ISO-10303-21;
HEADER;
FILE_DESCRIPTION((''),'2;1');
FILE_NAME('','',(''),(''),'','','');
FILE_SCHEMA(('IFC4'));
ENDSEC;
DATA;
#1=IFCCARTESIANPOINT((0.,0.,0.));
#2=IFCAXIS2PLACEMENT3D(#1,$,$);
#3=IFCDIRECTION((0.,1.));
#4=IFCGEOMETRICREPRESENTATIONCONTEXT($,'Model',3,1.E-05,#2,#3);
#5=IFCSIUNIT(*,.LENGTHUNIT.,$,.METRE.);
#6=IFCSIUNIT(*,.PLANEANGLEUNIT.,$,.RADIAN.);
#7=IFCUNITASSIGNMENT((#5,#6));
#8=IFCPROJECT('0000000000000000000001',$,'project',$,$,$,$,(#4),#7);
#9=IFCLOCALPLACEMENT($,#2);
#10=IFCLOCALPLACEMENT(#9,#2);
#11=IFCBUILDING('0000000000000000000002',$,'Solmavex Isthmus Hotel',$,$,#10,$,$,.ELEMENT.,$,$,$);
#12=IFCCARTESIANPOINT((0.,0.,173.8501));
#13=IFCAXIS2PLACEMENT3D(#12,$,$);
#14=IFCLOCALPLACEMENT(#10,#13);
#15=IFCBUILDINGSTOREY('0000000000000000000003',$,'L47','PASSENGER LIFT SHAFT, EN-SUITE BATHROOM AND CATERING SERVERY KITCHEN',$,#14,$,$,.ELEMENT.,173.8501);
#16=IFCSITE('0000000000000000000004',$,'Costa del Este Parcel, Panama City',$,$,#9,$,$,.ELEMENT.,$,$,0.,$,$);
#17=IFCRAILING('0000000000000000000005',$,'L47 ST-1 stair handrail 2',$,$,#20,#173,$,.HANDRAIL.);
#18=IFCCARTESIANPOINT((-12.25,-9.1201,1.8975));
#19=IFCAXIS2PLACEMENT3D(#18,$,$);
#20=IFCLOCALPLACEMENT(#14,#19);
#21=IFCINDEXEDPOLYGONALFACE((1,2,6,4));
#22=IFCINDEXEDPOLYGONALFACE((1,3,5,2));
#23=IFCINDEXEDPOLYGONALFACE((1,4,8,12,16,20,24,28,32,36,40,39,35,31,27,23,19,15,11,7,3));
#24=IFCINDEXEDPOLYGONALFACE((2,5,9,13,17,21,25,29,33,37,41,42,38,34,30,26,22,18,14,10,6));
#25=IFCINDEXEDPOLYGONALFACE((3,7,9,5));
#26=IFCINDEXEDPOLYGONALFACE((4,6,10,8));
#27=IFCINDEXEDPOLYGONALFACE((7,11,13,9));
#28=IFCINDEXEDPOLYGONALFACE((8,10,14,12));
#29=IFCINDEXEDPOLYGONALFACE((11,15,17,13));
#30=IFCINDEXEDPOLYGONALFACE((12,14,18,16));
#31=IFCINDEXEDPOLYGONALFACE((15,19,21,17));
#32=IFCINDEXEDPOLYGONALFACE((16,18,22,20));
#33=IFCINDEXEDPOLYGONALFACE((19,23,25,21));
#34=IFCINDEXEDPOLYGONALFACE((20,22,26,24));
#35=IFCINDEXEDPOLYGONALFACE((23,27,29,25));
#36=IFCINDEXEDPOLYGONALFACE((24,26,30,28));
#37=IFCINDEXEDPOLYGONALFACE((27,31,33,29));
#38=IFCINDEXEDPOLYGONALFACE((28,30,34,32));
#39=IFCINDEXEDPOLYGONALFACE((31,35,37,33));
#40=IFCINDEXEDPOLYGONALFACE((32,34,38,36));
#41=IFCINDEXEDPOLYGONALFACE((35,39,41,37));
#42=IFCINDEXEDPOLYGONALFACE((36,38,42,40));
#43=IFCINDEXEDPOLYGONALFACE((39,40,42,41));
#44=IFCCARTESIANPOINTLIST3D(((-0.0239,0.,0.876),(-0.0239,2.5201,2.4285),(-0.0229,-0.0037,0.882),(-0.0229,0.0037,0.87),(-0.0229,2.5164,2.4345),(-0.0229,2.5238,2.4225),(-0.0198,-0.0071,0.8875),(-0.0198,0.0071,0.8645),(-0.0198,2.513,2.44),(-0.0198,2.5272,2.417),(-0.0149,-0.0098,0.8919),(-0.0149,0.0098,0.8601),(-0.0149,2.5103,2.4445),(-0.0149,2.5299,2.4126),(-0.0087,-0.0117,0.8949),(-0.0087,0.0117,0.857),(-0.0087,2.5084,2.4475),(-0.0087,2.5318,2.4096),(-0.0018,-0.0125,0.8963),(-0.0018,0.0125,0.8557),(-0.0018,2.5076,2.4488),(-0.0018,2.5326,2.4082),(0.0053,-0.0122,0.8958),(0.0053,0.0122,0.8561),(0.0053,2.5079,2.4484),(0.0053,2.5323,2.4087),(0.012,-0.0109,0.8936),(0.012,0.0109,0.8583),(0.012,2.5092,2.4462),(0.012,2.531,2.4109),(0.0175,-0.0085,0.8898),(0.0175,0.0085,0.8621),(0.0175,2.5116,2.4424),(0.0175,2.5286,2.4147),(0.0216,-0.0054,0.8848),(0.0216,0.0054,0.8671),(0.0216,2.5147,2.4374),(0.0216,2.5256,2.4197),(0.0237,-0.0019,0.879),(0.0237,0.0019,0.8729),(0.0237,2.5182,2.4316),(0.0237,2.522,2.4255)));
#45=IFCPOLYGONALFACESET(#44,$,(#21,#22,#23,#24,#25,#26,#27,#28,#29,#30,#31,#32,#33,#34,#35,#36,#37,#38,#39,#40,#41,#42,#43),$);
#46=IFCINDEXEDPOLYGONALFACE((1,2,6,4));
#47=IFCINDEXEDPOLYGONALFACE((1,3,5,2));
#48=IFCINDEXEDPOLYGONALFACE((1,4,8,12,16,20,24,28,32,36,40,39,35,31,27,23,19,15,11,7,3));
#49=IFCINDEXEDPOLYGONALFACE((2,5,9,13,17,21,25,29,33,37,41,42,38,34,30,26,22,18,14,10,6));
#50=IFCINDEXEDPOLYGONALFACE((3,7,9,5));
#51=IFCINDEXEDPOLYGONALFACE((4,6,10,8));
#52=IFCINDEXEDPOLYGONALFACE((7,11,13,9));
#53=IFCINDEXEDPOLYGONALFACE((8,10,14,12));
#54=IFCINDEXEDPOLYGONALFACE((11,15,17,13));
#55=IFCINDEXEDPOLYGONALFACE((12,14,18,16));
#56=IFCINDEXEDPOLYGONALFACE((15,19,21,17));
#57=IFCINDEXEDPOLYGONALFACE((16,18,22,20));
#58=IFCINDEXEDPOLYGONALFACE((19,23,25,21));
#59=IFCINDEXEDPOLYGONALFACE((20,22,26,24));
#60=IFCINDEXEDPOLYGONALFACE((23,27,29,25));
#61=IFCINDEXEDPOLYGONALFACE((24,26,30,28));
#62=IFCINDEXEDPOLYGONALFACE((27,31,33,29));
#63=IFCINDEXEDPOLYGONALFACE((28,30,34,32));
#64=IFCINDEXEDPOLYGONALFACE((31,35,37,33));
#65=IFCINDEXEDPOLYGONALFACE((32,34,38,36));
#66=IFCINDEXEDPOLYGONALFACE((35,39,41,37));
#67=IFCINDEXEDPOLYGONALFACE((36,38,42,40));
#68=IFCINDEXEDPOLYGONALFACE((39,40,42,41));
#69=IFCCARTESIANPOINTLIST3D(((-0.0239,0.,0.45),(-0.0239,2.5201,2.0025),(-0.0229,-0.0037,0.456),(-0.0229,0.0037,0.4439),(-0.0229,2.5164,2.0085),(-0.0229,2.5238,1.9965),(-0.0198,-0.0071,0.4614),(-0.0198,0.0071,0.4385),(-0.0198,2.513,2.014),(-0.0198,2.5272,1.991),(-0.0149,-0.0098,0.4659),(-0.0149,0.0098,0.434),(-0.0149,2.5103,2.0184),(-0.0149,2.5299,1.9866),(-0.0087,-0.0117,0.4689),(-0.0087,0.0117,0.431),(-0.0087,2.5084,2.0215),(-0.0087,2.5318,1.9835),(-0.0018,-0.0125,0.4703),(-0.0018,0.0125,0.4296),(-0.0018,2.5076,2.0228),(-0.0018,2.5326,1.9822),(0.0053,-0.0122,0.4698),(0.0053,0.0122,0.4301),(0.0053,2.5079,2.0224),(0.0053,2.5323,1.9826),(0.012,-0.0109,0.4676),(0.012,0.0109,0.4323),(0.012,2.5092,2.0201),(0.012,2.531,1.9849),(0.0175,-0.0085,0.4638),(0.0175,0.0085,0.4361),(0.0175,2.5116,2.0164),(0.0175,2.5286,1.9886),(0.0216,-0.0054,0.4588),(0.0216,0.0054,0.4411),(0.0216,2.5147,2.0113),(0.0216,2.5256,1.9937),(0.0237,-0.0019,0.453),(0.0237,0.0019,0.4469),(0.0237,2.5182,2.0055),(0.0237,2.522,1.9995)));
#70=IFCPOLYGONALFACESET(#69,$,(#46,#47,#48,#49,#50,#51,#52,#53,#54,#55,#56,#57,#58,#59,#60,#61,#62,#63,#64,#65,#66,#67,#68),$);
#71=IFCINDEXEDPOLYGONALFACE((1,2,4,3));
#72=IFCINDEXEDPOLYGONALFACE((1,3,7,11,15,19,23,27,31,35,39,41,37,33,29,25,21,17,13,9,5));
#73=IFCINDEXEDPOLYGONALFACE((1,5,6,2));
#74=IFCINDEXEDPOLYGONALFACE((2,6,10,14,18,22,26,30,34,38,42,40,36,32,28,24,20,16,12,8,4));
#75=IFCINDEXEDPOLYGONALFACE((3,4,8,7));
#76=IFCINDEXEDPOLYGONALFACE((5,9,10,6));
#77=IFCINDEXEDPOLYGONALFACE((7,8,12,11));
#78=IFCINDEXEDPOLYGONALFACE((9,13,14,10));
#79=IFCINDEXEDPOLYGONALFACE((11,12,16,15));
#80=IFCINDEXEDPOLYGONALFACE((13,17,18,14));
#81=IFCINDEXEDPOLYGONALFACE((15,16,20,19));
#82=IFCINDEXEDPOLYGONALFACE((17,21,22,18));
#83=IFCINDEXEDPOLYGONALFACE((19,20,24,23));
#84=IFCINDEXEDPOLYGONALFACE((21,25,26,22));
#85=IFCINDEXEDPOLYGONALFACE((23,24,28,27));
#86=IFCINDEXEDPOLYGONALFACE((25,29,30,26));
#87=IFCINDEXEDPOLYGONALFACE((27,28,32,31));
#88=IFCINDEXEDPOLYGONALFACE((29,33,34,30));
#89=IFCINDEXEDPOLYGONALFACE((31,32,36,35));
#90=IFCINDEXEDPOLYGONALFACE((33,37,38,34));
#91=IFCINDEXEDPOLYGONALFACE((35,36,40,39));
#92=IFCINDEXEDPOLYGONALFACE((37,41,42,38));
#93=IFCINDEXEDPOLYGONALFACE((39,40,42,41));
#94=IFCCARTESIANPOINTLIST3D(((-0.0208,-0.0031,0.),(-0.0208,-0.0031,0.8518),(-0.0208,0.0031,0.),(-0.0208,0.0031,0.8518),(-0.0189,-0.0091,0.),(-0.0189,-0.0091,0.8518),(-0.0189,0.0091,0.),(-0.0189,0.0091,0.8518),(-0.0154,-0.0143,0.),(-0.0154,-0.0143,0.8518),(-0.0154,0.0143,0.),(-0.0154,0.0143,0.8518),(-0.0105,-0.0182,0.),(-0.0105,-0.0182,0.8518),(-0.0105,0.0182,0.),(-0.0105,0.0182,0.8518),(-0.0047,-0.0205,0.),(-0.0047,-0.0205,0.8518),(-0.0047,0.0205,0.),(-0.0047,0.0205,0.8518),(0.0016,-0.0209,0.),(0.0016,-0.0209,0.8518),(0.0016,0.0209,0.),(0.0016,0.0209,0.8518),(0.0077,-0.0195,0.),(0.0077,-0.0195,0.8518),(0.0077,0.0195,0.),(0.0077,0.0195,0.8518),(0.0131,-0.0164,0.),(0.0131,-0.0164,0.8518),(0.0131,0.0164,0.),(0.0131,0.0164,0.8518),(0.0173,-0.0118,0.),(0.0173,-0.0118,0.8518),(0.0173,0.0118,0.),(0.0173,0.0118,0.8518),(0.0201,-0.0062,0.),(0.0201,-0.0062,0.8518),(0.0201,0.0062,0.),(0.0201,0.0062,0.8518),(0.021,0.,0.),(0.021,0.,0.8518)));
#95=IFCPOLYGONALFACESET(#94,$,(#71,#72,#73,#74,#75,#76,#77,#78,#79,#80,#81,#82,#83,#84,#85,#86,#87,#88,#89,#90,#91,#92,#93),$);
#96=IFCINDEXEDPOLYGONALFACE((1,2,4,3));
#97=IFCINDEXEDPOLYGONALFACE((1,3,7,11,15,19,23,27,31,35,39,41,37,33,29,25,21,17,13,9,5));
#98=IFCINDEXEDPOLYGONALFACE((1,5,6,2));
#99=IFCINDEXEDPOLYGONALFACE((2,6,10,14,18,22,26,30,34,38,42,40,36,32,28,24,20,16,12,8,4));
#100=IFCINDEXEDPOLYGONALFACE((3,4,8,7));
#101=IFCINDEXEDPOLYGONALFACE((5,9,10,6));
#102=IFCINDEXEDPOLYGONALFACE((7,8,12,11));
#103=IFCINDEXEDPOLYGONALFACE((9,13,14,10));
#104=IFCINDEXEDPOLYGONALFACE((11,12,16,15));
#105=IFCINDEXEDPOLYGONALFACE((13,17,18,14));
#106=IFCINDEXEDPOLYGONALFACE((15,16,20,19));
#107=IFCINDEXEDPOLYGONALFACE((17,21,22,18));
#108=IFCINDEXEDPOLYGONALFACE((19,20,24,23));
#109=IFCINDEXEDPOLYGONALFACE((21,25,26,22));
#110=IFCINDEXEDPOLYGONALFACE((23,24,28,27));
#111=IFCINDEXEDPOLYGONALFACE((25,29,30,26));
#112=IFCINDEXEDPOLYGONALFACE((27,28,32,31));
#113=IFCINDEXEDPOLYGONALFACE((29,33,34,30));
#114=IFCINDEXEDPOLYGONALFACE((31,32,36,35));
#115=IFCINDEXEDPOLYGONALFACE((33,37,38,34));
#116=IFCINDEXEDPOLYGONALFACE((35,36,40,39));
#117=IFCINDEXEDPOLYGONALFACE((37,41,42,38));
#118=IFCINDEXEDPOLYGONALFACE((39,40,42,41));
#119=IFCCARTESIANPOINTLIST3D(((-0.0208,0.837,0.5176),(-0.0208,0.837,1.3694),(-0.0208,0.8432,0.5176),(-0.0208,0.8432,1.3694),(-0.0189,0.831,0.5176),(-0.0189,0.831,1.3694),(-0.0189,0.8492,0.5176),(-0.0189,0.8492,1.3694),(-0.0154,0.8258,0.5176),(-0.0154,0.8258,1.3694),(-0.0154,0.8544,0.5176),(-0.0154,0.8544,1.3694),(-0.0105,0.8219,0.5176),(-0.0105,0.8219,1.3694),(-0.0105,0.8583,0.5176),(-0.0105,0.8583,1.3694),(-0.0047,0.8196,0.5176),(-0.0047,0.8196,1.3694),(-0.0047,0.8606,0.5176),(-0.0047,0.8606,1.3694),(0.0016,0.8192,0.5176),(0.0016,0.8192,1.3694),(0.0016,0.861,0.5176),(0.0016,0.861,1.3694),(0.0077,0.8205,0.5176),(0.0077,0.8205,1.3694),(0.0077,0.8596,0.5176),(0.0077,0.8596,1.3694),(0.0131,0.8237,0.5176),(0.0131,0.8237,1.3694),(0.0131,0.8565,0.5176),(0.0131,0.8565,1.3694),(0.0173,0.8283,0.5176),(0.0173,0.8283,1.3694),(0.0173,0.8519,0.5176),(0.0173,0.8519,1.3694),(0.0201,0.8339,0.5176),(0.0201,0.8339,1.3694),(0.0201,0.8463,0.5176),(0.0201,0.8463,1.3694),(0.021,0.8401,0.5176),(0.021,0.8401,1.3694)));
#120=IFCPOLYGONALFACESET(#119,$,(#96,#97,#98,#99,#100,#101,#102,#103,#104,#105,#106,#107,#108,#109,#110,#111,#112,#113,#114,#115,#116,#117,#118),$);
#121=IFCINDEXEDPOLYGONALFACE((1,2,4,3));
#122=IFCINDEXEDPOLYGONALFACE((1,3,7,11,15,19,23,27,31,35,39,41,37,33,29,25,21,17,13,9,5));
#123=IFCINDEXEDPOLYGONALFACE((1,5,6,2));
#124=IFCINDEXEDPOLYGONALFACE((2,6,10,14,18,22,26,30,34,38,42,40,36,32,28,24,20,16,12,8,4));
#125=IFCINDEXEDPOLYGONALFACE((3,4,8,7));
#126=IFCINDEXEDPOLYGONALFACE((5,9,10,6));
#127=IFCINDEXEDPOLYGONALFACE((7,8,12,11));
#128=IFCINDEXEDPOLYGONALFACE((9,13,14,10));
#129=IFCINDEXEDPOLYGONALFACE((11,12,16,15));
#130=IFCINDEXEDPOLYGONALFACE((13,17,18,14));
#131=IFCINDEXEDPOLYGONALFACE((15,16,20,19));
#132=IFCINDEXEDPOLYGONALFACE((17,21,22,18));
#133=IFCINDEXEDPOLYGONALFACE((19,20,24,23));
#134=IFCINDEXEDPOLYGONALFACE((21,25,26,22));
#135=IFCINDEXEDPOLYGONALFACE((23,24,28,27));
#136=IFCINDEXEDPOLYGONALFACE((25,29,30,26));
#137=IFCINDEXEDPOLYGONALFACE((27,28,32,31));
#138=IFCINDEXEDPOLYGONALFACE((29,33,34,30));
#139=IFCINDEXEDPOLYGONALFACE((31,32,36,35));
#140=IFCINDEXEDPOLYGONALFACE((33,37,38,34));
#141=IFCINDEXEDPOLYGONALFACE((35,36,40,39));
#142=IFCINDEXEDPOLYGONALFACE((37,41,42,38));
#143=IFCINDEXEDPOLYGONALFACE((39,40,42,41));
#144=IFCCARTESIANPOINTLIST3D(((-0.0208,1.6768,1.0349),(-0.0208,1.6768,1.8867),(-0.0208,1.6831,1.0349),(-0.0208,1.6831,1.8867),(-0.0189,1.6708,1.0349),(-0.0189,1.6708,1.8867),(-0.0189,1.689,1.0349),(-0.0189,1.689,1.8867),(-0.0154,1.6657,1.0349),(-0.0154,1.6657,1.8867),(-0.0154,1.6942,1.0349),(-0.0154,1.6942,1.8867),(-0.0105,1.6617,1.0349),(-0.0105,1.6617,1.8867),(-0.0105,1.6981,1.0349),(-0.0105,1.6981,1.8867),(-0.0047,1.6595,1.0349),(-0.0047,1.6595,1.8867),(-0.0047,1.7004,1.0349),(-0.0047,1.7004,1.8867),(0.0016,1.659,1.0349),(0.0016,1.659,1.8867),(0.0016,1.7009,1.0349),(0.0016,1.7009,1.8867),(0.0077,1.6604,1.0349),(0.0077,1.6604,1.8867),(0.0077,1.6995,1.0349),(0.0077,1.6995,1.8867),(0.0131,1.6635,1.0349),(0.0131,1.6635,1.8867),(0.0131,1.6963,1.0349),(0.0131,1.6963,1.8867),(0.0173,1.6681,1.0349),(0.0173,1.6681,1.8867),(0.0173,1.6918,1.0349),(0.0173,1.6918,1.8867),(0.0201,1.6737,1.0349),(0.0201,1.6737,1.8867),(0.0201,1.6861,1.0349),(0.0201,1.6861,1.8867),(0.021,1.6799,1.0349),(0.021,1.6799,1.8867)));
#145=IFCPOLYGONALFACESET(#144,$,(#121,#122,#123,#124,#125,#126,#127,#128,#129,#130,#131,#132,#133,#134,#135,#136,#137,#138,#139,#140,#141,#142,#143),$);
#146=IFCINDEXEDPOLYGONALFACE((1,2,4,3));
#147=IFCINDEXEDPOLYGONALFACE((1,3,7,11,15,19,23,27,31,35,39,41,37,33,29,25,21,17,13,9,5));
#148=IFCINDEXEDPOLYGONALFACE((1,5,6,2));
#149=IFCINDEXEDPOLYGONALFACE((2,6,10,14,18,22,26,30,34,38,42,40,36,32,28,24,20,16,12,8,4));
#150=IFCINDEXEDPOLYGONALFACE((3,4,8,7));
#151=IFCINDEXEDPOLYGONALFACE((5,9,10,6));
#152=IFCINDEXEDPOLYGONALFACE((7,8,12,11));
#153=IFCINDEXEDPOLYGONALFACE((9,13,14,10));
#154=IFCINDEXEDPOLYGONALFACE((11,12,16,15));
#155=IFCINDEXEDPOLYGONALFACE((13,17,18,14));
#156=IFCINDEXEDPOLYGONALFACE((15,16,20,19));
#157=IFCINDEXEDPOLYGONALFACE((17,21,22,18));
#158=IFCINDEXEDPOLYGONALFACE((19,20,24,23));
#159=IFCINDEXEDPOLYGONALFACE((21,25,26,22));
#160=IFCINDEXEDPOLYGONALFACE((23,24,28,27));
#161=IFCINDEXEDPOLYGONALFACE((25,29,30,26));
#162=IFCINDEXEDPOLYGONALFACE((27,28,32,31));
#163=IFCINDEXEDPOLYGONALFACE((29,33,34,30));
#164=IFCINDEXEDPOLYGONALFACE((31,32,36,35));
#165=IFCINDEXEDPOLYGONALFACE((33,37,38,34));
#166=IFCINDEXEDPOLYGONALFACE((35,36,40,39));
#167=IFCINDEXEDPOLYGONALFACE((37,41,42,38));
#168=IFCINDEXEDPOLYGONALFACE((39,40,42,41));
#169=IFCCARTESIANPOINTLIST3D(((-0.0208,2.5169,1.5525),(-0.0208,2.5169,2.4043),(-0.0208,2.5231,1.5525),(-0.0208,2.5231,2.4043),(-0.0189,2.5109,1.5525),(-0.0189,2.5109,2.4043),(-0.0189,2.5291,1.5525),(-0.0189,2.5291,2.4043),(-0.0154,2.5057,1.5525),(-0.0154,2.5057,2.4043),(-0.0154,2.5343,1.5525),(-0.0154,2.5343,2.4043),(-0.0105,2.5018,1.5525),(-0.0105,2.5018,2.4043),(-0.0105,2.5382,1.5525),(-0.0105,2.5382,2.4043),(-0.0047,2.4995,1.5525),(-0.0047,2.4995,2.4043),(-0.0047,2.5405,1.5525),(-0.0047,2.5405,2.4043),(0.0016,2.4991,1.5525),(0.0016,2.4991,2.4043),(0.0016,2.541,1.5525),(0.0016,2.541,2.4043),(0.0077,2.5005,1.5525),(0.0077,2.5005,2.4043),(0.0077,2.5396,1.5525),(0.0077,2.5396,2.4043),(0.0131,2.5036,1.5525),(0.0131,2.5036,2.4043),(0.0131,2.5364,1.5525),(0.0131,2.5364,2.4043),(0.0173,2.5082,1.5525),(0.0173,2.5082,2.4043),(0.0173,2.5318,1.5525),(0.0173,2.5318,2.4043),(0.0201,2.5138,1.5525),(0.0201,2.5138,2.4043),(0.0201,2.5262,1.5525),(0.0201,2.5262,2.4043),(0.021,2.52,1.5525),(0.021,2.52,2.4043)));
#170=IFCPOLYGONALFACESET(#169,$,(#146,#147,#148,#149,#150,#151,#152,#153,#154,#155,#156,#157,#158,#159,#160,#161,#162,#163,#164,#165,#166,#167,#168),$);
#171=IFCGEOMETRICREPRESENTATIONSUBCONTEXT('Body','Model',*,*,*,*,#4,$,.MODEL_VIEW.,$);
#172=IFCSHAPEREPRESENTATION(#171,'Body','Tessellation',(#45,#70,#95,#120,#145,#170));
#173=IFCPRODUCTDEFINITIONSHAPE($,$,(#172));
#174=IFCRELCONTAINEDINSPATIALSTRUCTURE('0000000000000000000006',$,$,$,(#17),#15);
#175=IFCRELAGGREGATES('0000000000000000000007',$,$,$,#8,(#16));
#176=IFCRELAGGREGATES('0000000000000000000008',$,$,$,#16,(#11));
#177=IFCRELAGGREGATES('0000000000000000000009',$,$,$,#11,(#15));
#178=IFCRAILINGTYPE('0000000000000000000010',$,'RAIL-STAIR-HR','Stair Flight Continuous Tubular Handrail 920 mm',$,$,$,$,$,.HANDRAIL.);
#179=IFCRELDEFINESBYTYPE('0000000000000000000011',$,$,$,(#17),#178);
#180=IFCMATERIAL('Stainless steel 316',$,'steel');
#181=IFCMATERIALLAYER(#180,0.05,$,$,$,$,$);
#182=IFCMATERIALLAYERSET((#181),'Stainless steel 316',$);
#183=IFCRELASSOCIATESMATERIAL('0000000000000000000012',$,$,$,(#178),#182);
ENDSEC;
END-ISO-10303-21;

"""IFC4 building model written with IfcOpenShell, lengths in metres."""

from ifc_helpers import new_model, si_unit, direction, frame, origin, origin_2d, place, context, subcontext, project, spatial, circle, extrude, material, layer, layer_set, type_object, element, save


model = new_model("IFC4")

# Units and contexts
model_context = context("Model", 3, precision=1e-05, world=origin(), true_north=direction((0.0, 1.0)))
body_context = subcontext(model_context, "Body", "Model", "MODEL_VIEW")
ifc_project = project(units=[si_unit("LENGTHUNIT", "METRE"), si_unit("PLANEANGLEUNIT", "RADIAN")], contexts=[model_context])

# Site, building, storey
site_placement = place(None, origin())
site = spatial("IfcSite", under=ifc_project, at=site_placement, Name="Costa del Este Parcel, Panama City", CompositionType="ELEMENT", RefElevation=0.0)
building_placement = place(site_placement, origin())
building = spatial("IfcBuilding", under=site, at=building_placement, Name="Solmavex Isthmus Hotel", CompositionType="ELEMENT")
storey_placement = place(building_placement, frame((0.0, 0.0, 173.8501)))
storey = spatial("IfcBuildingStorey", under=building, at=storey_placement, Name="L47", Description="PASSENGER LIFT SHAFT, EN-SUITE BATHROOM AND CATERING SERVERY KITCHEN", CompositionType="ELEMENT", Elevation=173.8501)

# Shared definitions
ifc_material_1 = material(Name="Stainless steel 316", Category="steel")

# Railing
ifc_layer_1 = layer(ifc_material_1, 0.05)
ifc_layer_set_1 = layer_set([ifc_layer_1], Name="Stainless steel 316")
railing_type = type_object("IfcRailingType", Name="RAIL-STAIR-HR", Description="Stair Flight Continuous Tubular Handrail 920 mm", PredefinedType="HANDRAIL", material=ifc_layer_set_1)
railing_placement = place(storey_placement, frame((-12.25, -9.1201, 1.8975)))
element("IfcRailing", 1, at=railing_placement, inside=storey, type_object=railing_type, Name="L47 ST-1 stair handrail 2", PredefinedType="HANDRAIL", context=body_context, shape_type="SweptSolid", body=[
    extrude(circle(Radius=0.0239, at=origin_2d()), frame((0.0, 0.0, 0.876), z_axis=(0.0, 0.8514, 0.524516), x_axis=(-1.0, 0.0, 0.0)), (0.0, 0.0, 1.0), 2.96),
    extrude(circle(Radius=0.0239, at=origin_2d()), frame((0.0, 0.0, 0.45), z_axis=(0.0, 0.8514, 0.524516), x_axis=(-1.0, 0.0, 0.0)), (0.0, 0.0, 1.0), 2.96),
    extrude(circle(Radius=0.021, at=origin_2d()), origin(), (0.0, 0.0, 1.0), 0.8518),
    extrude(circle(Radius=0.021, at=origin_2d()), frame((0.0, 0.8401, 0.5176)), (0.0, 0.0, 1.0), 0.8518),
    extrude(circle(Radius=0.021, at=origin_2d()), frame((0.0, 1.6799, 1.0349)), (0.0, 0.0, 1.0), 0.8518),
    extrude(circle(Radius=0.021, at=origin_2d()), frame((0.0, 2.52, 1.5525)), (0.0, 0.0, 1.0), 0.8518),
])

save(model, "model.ifc")
